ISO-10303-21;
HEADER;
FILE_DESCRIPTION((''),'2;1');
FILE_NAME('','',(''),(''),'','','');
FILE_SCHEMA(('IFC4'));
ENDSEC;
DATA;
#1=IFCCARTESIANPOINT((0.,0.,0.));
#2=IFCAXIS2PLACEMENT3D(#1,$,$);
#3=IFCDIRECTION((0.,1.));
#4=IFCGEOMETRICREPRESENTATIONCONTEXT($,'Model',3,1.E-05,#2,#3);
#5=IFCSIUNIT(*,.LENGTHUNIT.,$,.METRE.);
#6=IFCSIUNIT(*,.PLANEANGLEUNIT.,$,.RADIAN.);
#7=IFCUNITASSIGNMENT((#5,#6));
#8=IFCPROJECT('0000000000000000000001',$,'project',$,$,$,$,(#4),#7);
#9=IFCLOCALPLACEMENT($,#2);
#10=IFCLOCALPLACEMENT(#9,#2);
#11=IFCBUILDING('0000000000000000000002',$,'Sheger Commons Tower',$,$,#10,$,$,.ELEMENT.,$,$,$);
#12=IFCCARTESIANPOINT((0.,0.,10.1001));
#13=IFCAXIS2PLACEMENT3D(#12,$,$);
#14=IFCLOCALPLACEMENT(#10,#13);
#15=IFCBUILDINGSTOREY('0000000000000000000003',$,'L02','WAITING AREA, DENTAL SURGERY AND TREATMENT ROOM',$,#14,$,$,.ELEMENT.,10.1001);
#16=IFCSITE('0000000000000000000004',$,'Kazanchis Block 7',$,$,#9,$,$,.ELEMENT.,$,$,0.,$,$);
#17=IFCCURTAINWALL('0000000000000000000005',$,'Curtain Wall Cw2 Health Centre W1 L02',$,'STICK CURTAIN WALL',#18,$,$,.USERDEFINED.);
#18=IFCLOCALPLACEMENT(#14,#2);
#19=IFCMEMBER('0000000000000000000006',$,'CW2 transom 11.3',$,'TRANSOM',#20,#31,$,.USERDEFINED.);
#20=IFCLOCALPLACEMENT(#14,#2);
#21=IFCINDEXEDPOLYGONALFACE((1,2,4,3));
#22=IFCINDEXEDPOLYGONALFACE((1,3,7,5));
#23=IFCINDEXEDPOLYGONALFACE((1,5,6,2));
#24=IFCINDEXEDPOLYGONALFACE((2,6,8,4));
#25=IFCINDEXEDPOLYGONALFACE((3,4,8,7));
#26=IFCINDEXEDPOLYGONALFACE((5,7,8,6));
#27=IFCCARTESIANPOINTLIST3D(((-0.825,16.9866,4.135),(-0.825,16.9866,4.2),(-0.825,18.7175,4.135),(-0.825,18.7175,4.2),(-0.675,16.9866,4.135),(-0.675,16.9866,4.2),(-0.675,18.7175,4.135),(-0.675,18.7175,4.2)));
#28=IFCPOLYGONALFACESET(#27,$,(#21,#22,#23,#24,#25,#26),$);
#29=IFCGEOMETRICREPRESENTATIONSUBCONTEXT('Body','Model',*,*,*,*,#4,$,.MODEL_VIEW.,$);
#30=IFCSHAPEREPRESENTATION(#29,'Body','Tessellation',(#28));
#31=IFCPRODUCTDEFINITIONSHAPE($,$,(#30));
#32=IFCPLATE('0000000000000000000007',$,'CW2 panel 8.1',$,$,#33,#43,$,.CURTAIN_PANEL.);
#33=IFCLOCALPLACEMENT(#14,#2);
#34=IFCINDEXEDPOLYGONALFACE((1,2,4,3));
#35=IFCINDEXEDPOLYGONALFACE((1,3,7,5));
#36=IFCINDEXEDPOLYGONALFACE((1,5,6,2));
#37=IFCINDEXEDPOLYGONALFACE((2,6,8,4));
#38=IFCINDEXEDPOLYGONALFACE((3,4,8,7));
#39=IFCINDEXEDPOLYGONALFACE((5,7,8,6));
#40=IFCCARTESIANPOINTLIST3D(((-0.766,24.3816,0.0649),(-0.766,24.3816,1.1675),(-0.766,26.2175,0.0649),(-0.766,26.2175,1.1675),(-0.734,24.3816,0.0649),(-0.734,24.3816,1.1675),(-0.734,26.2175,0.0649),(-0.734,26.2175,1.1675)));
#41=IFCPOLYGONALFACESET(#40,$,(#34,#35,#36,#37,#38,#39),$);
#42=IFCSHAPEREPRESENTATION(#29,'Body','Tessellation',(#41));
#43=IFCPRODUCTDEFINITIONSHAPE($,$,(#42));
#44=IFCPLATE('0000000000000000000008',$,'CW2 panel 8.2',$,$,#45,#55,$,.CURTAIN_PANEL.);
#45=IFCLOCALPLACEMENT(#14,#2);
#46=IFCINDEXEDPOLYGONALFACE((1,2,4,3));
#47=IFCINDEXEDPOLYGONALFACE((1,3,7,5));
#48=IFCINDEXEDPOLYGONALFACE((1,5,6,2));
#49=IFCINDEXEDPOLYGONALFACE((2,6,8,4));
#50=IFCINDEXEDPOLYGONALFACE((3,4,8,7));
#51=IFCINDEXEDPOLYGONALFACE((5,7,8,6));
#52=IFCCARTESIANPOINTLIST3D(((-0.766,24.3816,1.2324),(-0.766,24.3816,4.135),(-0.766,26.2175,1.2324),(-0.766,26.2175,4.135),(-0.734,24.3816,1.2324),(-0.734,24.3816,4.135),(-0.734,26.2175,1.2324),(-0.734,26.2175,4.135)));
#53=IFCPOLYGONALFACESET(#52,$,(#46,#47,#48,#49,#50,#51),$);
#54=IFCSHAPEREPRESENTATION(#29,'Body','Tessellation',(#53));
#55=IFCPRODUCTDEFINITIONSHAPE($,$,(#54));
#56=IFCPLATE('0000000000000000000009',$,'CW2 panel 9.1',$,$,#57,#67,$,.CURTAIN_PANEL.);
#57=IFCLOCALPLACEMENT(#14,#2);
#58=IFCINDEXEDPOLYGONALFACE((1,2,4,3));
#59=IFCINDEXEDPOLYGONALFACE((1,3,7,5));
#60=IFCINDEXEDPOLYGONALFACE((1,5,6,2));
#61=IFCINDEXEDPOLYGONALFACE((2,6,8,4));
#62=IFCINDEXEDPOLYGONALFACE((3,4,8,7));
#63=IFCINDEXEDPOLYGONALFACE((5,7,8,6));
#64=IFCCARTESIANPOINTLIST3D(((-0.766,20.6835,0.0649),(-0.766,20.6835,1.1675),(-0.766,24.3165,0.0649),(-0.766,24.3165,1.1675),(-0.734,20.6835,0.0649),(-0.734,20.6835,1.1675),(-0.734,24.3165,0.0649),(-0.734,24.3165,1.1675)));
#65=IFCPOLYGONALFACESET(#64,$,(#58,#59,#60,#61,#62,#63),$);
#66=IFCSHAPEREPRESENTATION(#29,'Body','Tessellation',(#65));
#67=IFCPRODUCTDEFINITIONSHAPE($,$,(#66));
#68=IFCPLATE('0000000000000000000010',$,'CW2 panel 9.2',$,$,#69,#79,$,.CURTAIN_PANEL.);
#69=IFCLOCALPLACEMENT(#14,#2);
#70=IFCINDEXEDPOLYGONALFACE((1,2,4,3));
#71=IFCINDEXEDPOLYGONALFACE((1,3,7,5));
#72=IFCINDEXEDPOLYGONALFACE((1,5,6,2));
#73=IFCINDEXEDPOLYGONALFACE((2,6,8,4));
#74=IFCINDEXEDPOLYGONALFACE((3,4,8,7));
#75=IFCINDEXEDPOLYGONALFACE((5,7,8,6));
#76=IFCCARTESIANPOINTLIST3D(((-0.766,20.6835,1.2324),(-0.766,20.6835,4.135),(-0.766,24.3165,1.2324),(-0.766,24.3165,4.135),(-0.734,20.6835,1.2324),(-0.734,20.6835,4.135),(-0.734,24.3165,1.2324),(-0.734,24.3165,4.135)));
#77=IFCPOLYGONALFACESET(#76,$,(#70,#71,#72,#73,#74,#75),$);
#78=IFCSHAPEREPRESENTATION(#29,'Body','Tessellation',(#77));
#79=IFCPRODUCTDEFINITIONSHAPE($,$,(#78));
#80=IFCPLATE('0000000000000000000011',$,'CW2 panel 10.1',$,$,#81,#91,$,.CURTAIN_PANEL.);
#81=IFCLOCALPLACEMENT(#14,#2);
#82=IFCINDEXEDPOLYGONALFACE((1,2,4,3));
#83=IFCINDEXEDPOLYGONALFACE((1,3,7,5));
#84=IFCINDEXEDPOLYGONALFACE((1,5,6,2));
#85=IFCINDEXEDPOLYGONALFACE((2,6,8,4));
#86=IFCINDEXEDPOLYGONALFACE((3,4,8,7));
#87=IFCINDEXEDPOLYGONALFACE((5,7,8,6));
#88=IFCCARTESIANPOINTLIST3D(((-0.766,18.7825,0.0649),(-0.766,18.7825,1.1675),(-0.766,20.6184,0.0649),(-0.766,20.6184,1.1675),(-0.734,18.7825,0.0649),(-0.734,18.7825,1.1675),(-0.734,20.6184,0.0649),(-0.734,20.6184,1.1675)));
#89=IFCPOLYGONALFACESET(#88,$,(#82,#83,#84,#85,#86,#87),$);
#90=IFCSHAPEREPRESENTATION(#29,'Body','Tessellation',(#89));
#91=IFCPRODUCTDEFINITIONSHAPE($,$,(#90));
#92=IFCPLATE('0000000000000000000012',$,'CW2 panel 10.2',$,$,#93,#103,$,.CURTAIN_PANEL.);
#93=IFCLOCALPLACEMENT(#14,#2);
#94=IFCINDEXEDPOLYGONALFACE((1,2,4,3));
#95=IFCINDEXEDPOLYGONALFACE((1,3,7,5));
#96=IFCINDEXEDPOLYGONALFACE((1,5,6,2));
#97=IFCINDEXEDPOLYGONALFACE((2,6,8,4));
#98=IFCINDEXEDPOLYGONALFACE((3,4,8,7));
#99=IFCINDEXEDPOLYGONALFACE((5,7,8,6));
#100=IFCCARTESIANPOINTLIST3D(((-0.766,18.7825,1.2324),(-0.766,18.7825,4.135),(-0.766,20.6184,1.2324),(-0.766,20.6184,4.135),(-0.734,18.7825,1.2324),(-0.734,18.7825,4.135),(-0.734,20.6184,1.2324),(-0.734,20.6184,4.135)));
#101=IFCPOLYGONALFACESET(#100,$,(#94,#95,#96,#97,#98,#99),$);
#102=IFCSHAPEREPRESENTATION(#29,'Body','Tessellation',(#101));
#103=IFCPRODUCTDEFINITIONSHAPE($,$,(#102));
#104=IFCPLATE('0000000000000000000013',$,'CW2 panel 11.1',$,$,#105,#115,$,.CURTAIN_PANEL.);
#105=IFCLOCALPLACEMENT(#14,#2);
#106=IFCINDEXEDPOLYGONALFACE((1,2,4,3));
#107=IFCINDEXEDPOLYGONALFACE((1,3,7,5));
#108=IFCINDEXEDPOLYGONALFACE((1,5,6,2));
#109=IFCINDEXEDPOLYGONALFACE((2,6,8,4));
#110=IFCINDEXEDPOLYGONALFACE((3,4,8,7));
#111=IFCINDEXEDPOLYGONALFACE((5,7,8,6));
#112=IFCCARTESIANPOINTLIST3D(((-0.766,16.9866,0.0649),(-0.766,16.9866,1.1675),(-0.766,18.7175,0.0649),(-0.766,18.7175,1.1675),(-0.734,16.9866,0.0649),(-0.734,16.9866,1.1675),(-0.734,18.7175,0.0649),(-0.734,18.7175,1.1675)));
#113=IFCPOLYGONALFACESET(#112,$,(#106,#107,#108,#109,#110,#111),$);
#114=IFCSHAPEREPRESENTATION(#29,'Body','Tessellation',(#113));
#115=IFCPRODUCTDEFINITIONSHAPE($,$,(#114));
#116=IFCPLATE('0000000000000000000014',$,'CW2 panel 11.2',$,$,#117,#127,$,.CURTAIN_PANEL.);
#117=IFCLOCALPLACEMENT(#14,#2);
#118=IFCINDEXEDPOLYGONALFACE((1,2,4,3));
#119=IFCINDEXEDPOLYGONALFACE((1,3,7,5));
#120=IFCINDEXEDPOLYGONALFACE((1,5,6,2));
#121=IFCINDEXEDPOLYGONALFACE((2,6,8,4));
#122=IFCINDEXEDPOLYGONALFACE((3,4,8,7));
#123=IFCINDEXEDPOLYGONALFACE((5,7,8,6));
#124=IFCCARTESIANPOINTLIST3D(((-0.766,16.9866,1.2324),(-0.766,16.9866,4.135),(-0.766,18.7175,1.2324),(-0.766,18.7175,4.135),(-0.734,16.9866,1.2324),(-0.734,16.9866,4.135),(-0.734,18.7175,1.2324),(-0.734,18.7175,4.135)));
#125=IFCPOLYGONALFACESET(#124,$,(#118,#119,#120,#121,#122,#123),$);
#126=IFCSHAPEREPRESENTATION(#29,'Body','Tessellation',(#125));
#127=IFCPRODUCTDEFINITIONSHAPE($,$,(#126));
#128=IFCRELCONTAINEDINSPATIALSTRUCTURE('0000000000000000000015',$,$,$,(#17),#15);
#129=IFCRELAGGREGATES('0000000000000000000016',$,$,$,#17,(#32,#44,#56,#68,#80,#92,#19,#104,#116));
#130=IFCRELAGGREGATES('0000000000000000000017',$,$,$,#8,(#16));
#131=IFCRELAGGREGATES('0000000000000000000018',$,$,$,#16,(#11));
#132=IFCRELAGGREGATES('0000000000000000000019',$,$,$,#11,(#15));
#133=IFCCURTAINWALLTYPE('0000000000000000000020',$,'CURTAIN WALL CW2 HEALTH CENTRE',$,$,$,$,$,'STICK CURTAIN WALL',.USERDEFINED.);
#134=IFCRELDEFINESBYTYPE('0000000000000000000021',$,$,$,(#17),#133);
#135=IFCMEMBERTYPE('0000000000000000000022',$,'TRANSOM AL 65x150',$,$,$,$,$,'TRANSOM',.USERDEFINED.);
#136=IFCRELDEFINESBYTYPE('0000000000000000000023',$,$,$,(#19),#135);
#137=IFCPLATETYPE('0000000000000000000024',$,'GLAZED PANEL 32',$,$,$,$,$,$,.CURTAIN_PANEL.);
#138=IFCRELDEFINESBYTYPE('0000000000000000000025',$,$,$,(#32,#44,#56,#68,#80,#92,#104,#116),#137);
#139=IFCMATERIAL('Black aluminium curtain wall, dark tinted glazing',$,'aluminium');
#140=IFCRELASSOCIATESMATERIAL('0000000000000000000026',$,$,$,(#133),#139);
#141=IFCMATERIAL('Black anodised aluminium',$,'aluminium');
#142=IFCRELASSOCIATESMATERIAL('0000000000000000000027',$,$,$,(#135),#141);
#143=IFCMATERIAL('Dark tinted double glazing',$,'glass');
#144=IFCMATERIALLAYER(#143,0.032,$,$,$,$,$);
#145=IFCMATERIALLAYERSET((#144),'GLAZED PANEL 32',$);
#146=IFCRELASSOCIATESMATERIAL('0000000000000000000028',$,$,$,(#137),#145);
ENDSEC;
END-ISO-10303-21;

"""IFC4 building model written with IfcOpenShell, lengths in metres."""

from ifc_helpers import new_model, si_unit, direction, frame, origin, origin_2d, place, context, subcontext, project, spatial, rectangle, extrude, material, layer, layer_set, material_profile, profile_set, type_object, element, aggregate, save


model = new_model("IFC4")

# Units and contexts
model_context = context("Model", 3, precision=1e-05, world=origin(), true_north=direction((0.0, 1.0)))
body_context = subcontext(model_context, "Body", "Model", "MODEL_VIEW")
ifc_project = project(units=[si_unit("LENGTHUNIT", "METRE"), si_unit("PLANEANGLEUNIT", "RADIAN")], contexts=[model_context])

# Site, building, storey
site_placement = place(None, origin())
site = spatial("IfcSite", under=ifc_project, at=site_placement, Name="Kazanchis Block 7", CompositionType="ELEMENT", RefElevation=0.0)
building_placement = place(site_placement, origin())
building = spatial("IfcBuilding", under=site, at=building_placement, Name="Sheger Commons Tower", CompositionType="ELEMENT")
storey_placement = place(building_placement, frame((0.0, 0.0, 10.1001)))
storey = spatial("IfcBuildingStorey", under=building, at=storey_placement, Name="L02", Description="WAITING AREA, DENTAL SURGERY AND TREATMENT ROOM", CompositionType="ELEMENT", Elevation=10.1001)

# Curtain wall, member, plates
ifc_material_1 = material(Name="Black aluminium curtain wall, dark tinted glazing", Category="aluminium")
curtain_wall_type = type_object("IfcCurtainWallType", Name="CURTAIN WALL CW2 HEALTH CENTRE", ElementType="STICK CURTAIN WALL", PredefinedType="USERDEFINED", material=ifc_material_1)
curtain_wall_placement = place(storey_placement, origin())
curtain_wall = element("IfcCurtainWall", 1, at=curtain_wall_placement, inside=storey, type_object=curtain_wall_type, Name="Curtain Wall Cw2 Health Centre W1 L02", ObjectType="STICK CURTAIN WALL", PredefinedType="USERDEFINED")
ifc_material_2 = material(Name="Black anodised aluminium", Category="aluminium")
ifc_material_profile_1 = material_profile(ifc_material_2, rectangle(XDim=0.1499, YDim=0.0649, at=origin_2d()), Name="AL 65x150")
ifc_profile_set_1 = profile_set([ifc_material_profile_1], Name="Black anodised aluminium")
member_type_1 = type_object("IfcMemberType", Name="TRANSOM AL 65x150", ElementType="TRANSOM", PredefinedType="USERDEFINED", material=ifc_profile_set_1)
member_1_placement = place(storey_placement, frame((-0.75, 18.7175, 4.1675), z_axis=(0.0, -1.0, 0.0), x_axis=(1.0, 0.0, 0.0)))
member_1 = element("IfcMember", 2, at=member_1_placement, type_object=member_type_1, Name="CW2 transom 11.3", ObjectType="TRANSOM", PredefinedType="USERDEFINED", context=body_context, shape_type="SweptSolid", body=[
    extrude(rectangle(XDim=0.1499, YDim=0.0649, at=origin_2d()), origin(), (0.0, 0.0, 1.0), 1.731),
])
ifc_material_3 = material(Name="Dark tinted double glazing", Category="glass")
ifc_layer = layer(ifc_material_3, 0.032)
ifc_layer_set = layer_set([ifc_layer], Name="GLAZED PANEL 32")
plate_type = type_object("IfcPlateType", Name="GLAZED PANEL 32", PredefinedType="CURTAIN_PANEL", material=ifc_layer_set)
plate_1_placement = place(storey_placement, frame((-0.75, 25.2996, 0.0649), z_axis=(0.0, 0.0, 1.0), x_axis=(0.0, -1.0, 0.0)))
plate_1 = element("IfcPlate", 3, at=plate_1_placement, type_object=plate_type, Name="CW2 panel 8.1", PredefinedType="CURTAIN_PANEL", context=body_context, shape_type="SweptSolid", body=[
    extrude(rectangle(XDim=1.8359, YDim=0.032, at=origin_2d()), origin(), (0.0, 0.0, 1.0), 1.1025),
])
plate_2_placement = place(storey_placement, frame((-0.75, 25.2996, 1.2324), z_axis=(0.0, 0.0, 1.0), x_axis=(0.0, -1.0, 0.0)))
plate_2 = element("IfcPlate", 4, at=plate_2_placement, type_object=plate_type, Name="CW2 panel 8.2", PredefinedType="CURTAIN_PANEL", context=body_context, shape_type="SweptSolid", body=[
    extrude(rectangle(XDim=1.8359, YDim=0.032, at=origin_2d()), origin(), (0.0, 0.0, 1.0), 2.9026),
])
plate_3_placement = place(storey_placement, frame((-0.75, 22.5, 0.0649), z_axis=(0.0, 0.0, 1.0), x_axis=(0.0, -1.0, 0.0)))
plate_3 = element("IfcPlate", 5, at=plate_3_placement, type_object=plate_type, Name="CW2 panel 9.1", PredefinedType="CURTAIN_PANEL", context=body_context, shape_type="SweptSolid", body=[
    extrude(rectangle(XDim=3.6331, YDim=0.032, at=origin_2d()), origin(), (0.0, 0.0, 1.0), 1.1025),
])
plate_4_placement = place(storey_placement, frame((-0.75, 22.5, 1.2324), z_axis=(0.0, 0.0, 1.0), x_axis=(0.0, -1.0, 0.0)))
plate_4 = element("IfcPlate", 6, at=plate_4_placement, type_object=plate_type, Name="CW2 panel 9.2", PredefinedType="CURTAIN_PANEL", context=body_context, shape_type="SweptSolid", body=[
    extrude(rectangle(XDim=3.6331, YDim=0.032, at=origin_2d()), origin(), (0.0, 0.0, 1.0), 2.9026),
])
plate_5_placement = place(storey_placement, frame((-0.75, 19.7004, 0.0649), z_axis=(0.0, 0.0, 1.0), x_axis=(0.0, -1.0, 0.0)))
plate_5 = element("IfcPlate", 7, at=plate_5_placement, type_object=plate_type, Name="CW2 panel 10.1", PredefinedType="CURTAIN_PANEL", context=body_context, shape_type="SweptSolid", body=[
    extrude(rectangle(XDim=1.8359, YDim=0.032, at=origin_2d()), origin(), (0.0, 0.0, 1.0), 1.1025),
])
plate_6_placement = place(storey_placement, frame((-0.75, 19.7004, 1.2324), z_axis=(0.0, 0.0, 1.0), x_axis=(0.0, -1.0, 0.0)))
plate_6 = element("IfcPlate", 8, at=plate_6_placement, type_object=plate_type, Name="CW2 panel 10.2", PredefinedType="CURTAIN_PANEL", context=body_context, shape_type="SweptSolid", body=[
    extrude(rectangle(XDim=1.8359, YDim=0.032, at=origin_2d()), origin(), (0.0, 0.0, 1.0), 2.9026),
])
plate_7_placement = place(storey_placement, frame((-0.75, 17.8521, 0.0649), z_axis=(0.0, 0.0, 1.0), x_axis=(0.0, -1.0, 0.0)))
plate_7 = element("IfcPlate", 9, at=plate_7_placement, type_object=plate_type, Name="CW2 panel 11.1", PredefinedType="CURTAIN_PANEL", context=body_context, shape_type="SweptSolid", body=[
    extrude(rectangle(XDim=1.731, YDim=0.032, at=origin_2d()), origin(), (0.0, 0.0, 1.0), 1.1025),
])
plate_8_placement = place(storey_placement, frame((-0.75, 17.8521, 1.2324), z_axis=(0.0, 0.0, 1.0), x_axis=(0.0, -1.0, 0.0)))
plate_8 = element("IfcPlate", 10, at=plate_8_placement, type_object=plate_type, Name="CW2 panel 11.2", PredefinedType="CURTAIN_PANEL", context=body_context, shape_type="SweptSolid", body=[
    extrude(rectangle(XDim=1.731, YDim=0.032, at=origin_2d()), origin(), (0.0, 0.0, 1.0), 2.9026),
])
aggregate(curtain_wall, [plate_1, plate_2, plate_3, plate_4, plate_5, plate_6, member_1, plate_7, plate_8])

save(model, "model.ifc")
